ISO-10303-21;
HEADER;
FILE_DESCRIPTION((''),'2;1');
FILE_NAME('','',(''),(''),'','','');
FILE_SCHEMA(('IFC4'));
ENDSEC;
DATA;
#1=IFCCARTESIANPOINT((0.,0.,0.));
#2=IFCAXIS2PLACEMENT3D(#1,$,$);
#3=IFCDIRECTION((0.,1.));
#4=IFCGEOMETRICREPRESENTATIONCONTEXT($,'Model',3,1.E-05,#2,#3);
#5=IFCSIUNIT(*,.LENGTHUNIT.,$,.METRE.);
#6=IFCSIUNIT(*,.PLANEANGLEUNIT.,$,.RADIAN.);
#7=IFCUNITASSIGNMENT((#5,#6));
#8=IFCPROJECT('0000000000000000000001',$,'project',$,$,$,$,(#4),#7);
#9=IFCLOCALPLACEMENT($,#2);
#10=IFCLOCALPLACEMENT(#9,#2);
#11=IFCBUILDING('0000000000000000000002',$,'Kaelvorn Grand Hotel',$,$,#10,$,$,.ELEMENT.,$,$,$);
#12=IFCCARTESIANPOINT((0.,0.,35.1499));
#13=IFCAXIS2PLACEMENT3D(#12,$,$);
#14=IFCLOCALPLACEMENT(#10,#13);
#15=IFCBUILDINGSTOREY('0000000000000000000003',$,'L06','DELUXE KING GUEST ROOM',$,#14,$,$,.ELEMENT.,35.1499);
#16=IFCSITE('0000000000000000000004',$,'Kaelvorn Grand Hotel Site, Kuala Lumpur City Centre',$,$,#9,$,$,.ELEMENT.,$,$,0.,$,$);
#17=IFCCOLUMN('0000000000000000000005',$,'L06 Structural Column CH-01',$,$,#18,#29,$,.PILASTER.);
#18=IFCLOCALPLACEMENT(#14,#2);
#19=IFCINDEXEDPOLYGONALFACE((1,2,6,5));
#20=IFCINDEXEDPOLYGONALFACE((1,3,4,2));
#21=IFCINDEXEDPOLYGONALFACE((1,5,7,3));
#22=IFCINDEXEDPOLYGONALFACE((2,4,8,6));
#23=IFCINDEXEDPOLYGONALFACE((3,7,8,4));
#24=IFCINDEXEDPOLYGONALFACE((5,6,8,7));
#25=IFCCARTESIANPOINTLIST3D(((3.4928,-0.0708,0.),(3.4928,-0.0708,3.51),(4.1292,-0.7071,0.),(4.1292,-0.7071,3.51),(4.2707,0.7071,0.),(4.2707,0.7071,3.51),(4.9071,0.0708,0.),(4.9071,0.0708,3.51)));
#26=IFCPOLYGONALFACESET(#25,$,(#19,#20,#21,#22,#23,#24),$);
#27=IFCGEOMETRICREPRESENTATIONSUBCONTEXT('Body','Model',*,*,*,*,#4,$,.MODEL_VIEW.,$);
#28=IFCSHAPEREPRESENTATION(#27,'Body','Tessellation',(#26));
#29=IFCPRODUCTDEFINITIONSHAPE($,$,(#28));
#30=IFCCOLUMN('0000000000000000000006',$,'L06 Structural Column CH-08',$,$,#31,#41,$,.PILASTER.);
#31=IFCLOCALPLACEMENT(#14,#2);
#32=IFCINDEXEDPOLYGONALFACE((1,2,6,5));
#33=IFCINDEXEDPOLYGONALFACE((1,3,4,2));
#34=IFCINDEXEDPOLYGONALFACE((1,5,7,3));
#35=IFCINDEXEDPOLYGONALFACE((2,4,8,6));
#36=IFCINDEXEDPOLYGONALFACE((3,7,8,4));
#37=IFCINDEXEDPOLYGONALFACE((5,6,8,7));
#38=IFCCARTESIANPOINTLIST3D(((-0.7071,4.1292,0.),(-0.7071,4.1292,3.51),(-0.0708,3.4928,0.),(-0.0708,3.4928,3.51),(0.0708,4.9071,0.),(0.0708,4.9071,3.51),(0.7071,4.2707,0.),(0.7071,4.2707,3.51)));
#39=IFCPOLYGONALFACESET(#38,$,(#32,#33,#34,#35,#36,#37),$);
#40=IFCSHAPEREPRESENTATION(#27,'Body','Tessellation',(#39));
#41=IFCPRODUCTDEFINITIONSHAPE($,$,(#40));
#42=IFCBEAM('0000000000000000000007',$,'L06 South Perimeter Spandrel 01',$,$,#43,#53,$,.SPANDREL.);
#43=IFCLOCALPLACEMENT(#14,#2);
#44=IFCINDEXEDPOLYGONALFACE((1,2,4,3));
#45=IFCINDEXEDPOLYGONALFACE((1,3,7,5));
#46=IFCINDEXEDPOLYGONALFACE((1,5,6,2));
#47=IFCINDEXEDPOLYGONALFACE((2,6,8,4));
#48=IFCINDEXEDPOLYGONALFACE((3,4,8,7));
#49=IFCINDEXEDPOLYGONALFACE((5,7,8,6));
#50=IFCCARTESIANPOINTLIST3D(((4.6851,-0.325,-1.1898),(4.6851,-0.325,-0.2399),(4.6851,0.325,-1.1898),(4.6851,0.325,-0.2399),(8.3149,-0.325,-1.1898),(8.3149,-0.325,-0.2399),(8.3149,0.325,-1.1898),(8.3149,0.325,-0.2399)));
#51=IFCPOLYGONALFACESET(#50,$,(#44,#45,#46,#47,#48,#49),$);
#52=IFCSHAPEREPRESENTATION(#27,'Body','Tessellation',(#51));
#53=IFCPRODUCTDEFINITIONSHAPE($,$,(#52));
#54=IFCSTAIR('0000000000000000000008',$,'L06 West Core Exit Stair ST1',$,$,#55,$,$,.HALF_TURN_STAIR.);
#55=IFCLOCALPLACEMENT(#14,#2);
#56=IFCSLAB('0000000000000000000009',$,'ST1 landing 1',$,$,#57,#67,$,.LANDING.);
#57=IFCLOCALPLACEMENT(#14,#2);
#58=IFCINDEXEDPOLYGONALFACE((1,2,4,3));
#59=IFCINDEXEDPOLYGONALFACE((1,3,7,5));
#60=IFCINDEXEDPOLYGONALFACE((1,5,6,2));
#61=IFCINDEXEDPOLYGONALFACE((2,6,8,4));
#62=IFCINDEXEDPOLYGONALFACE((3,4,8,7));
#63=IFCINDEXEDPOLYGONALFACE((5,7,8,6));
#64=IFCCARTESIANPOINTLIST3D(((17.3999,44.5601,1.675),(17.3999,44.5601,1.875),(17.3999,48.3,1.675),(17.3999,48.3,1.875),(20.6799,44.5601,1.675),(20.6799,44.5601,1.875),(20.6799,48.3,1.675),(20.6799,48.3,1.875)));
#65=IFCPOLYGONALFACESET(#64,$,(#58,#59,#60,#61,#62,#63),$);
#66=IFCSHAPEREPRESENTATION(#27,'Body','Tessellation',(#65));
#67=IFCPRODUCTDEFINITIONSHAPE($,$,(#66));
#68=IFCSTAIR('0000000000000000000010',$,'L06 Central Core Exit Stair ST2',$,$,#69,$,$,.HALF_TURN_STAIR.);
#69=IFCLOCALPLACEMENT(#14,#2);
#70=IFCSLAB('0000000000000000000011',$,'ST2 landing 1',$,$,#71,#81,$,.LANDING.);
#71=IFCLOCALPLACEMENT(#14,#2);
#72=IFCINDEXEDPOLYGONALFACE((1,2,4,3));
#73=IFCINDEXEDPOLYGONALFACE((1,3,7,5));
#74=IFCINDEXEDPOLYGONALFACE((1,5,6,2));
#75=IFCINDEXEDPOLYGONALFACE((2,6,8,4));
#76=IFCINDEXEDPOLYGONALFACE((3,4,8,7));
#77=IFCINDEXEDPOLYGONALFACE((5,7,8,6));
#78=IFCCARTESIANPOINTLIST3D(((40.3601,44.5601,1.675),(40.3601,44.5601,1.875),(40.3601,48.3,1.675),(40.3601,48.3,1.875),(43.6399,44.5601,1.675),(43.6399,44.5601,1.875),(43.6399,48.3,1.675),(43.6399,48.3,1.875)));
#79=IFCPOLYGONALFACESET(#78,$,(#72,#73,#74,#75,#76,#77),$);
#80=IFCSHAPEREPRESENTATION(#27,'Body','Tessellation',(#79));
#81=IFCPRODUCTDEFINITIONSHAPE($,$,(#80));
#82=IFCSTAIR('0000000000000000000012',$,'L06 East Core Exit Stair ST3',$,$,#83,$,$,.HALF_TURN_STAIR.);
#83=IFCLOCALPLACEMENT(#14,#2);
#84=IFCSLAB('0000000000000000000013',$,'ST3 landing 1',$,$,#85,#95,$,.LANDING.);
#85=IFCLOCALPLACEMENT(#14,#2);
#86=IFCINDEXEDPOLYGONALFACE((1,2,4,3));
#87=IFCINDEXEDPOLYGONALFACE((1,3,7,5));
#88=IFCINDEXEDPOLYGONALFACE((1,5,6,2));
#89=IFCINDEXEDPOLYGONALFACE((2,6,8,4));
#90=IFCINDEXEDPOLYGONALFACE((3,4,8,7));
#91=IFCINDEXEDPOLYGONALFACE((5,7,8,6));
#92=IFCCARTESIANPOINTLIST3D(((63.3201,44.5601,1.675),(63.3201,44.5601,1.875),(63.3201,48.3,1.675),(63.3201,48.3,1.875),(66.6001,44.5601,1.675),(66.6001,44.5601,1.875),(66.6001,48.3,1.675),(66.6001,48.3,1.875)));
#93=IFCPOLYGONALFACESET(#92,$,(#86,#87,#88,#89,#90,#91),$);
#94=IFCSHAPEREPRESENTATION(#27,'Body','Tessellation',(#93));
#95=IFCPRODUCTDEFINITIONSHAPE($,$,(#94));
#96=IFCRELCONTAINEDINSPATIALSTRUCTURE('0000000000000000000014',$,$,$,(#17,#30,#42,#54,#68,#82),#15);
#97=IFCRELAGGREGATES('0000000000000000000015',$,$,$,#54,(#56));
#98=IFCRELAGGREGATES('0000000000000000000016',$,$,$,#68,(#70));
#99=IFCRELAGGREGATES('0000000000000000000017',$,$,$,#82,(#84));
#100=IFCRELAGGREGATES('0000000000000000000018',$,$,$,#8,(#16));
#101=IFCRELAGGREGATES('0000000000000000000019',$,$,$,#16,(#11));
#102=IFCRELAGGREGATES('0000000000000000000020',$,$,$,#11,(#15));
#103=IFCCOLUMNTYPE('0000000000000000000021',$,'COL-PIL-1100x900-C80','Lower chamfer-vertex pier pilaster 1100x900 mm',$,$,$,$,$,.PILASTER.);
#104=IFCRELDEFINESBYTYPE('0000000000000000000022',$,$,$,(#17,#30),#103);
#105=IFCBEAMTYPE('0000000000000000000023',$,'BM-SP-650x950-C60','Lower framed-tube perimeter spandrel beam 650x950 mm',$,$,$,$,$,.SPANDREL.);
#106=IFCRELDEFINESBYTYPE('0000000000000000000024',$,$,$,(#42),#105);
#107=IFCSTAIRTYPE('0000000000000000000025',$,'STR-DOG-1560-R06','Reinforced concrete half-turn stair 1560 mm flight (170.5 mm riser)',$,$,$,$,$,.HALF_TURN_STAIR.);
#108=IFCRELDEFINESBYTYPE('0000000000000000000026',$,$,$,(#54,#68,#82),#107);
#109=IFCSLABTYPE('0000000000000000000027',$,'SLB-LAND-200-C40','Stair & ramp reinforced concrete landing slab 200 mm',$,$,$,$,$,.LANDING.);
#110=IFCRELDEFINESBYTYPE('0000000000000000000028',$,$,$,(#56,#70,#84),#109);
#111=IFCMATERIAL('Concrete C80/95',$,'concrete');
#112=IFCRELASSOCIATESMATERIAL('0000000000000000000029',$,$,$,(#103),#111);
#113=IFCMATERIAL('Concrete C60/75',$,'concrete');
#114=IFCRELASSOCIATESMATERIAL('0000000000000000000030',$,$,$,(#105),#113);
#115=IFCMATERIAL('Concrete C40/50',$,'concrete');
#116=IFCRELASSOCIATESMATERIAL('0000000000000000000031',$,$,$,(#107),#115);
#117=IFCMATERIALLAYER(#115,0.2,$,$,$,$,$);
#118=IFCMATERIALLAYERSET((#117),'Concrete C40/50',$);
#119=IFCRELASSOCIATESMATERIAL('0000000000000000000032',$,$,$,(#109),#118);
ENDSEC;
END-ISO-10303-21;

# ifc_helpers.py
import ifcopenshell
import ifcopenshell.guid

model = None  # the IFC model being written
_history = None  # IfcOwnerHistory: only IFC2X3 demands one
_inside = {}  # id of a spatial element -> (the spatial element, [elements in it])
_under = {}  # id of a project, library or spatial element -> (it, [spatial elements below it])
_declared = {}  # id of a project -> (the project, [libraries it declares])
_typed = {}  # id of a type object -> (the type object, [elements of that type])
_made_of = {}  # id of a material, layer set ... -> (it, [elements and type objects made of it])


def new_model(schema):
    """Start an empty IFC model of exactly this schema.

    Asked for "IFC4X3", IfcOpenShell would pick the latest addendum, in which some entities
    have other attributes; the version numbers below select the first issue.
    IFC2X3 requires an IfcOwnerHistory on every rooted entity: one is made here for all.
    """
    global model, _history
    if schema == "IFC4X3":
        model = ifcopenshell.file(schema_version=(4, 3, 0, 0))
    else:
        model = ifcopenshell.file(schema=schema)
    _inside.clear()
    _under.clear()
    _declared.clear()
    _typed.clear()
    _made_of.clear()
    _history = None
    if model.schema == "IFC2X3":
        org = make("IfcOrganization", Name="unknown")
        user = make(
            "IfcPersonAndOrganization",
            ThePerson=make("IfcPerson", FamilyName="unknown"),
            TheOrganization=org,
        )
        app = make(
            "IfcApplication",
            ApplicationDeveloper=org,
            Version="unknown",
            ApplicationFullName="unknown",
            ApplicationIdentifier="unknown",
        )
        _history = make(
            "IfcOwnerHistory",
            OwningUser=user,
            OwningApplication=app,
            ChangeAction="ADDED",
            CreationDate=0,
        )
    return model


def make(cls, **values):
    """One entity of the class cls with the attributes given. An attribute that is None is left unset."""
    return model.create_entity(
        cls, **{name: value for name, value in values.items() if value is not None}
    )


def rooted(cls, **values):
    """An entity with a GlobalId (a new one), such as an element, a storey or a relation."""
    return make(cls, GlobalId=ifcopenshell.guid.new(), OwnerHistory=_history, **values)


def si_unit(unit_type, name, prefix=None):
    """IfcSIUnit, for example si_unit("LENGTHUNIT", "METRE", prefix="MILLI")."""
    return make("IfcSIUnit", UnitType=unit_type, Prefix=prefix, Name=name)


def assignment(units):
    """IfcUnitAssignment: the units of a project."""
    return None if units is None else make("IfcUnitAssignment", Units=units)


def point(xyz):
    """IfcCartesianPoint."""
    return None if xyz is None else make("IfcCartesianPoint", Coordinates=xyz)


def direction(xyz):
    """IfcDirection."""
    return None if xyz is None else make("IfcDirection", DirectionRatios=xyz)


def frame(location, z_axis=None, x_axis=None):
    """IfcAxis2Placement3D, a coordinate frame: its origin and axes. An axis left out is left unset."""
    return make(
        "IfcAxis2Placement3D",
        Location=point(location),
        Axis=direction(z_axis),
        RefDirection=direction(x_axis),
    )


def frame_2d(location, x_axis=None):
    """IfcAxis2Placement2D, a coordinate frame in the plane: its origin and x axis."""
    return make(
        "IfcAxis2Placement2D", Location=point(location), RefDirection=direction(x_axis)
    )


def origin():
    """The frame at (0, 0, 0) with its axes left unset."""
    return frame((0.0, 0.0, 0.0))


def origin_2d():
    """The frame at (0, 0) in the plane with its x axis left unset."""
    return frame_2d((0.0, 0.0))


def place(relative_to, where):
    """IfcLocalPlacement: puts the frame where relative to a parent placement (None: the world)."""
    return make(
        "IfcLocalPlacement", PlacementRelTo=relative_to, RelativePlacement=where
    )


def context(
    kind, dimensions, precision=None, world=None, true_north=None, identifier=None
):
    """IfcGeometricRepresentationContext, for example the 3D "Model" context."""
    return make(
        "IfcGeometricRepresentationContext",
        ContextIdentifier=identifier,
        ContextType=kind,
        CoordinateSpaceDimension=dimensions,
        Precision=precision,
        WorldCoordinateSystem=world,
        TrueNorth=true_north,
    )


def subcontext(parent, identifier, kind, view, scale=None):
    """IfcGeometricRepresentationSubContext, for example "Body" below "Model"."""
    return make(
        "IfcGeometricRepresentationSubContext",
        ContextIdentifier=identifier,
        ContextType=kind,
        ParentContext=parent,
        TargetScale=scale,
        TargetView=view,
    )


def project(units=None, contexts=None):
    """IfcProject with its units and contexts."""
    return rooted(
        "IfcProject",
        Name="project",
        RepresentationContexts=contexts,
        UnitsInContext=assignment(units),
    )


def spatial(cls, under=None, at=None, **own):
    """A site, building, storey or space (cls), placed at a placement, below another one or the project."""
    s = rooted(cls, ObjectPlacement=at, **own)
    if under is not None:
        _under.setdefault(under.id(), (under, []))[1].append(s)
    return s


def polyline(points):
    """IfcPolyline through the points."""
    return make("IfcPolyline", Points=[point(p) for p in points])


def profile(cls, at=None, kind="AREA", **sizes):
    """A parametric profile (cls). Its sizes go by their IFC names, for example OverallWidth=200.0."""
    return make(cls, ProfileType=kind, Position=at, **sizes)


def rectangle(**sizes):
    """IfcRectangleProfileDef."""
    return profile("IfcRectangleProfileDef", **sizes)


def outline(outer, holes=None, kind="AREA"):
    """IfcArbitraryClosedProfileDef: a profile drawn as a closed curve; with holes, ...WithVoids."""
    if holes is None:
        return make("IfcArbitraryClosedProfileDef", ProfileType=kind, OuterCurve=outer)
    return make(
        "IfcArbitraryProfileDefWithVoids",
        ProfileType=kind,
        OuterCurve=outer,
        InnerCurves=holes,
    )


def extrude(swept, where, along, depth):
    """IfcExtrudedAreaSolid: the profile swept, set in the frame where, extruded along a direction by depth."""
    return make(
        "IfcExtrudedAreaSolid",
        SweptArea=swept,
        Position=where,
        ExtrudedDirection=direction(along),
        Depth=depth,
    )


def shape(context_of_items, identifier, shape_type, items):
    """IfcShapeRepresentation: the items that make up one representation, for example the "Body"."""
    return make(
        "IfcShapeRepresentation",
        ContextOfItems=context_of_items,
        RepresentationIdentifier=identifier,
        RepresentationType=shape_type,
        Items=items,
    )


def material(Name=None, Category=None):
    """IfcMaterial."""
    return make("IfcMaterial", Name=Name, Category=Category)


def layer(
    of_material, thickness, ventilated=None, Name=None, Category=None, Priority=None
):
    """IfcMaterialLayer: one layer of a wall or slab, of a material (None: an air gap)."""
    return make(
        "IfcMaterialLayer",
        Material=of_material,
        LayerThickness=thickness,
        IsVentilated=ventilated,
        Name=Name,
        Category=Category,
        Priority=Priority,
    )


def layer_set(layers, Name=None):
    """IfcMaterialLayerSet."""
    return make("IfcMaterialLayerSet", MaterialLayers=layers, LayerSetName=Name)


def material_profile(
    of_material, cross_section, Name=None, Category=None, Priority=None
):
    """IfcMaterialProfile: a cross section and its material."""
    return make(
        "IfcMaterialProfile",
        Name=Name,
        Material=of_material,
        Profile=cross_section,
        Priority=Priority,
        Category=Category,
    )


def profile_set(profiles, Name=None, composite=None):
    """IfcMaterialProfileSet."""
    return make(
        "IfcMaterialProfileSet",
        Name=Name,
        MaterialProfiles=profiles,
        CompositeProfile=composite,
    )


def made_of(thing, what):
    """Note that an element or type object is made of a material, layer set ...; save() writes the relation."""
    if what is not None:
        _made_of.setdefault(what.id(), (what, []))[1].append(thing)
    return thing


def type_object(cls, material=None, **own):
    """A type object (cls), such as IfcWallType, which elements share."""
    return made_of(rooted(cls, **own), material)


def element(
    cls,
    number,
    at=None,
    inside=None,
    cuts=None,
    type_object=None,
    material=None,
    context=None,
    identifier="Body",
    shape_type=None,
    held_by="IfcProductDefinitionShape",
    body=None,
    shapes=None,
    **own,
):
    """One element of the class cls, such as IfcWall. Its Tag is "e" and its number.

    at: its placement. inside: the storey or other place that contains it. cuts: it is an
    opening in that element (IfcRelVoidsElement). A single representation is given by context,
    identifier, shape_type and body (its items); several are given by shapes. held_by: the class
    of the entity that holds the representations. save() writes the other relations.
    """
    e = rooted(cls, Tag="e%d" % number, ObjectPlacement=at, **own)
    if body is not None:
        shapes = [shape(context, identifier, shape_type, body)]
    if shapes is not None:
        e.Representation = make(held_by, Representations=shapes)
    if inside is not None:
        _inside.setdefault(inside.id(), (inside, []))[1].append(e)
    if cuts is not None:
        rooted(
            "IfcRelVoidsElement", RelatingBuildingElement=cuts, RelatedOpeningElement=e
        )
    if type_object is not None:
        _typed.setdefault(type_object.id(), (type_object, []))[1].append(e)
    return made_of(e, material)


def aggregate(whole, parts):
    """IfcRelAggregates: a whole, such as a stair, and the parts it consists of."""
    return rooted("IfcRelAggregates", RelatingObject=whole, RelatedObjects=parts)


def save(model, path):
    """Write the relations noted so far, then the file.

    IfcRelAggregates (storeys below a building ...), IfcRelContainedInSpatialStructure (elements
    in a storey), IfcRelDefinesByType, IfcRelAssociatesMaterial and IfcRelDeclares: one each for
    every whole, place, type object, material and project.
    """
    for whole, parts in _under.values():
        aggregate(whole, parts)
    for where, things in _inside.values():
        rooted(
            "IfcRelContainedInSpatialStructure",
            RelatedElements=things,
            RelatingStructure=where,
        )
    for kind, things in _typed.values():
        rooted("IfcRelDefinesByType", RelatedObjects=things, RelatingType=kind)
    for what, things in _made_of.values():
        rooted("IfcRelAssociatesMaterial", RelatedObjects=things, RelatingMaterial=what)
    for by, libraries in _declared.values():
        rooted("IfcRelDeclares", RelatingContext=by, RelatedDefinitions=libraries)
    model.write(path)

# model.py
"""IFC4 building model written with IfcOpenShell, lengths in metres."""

from ifc_helpers import new_model, si_unit, direction, frame, origin, origin_2d, place, context, subcontext, project, spatial, polyline, rectangle, outline, extrude, material, layer, layer_set, material_profile, profile_set, type_object, element, aggregate, save


model = new_model("IFC4")

# Units and contexts
model_context = context("Model", 3, precision=1e-05, world=origin(), true_north=direction((0.0, 1.0)))
body_context = subcontext(model_context, "Body", "Model", "MODEL_VIEW")
ifc_project = project(units=[si_unit("LENGTHUNIT", "METRE"), si_unit("PLANEANGLEUNIT", "RADIAN")], contexts=[model_context])

# Site, building, storey
site_placement = place(None, origin())
site = spatial("IfcSite", under=ifc_project, at=site_placement, Name="Kaelvorn Grand Hotel Site, Kuala Lumpur City Centre", CompositionType="ELEMENT", RefElevation=0.0)
building_placement = place(site_placement, origin())
building = spatial("IfcBuilding", under=site, at=building_placement, Name="Kaelvorn Grand Hotel", CompositionType="ELEMENT")
storey_placement = place(building_placement, frame((0.0, 0.0, 35.1499)))
storey = spatial("IfcBuildingStorey", under=building, at=storey_placement, Name="L06", Description="DELUXE KING GUEST ROOM", CompositionType="ELEMENT", Elevation=35.1499)

# Columns
ifc_material_1 = material(Name="Concrete C80/95", Category="concrete")
ifc_material_profile_1 = material_profile(ifc_material_1, rectangle(XDim=1.1001, YDim=0.8999, at=origin_2d()), Name="RC PILASTER 1100x900")
ifc_profile_set_1 = profile_set([ifc_material_profile_1], Name="Concrete C80/95")
column_type = type_object("IfcColumnType", Name="COL-PIL-1100x900-C80", Description="Lower chamfer-vertex pier pilaster 1100x900 mm", PredefinedType="PILASTER", material=ifc_profile_set_1)
for number, where, z_axis, x_axis, name in (
    (1, (4.2, 0.0, 0.0), (0.0, 0.0, 1.0), (0.707107, 0.707107, 0.0), "L06 Structural Column CH-01"),
    (2, (0.0, 4.2, 0.0), (0.0, 0.0, 1.0), (0.707107, 0.707107, 0.0), "L06 Structural Column CH-08"),
):
    element("IfcColumn", number, at=place(storey_placement, frame(where, z_axis=z_axis, x_axis=x_axis)), inside=storey, type_object=column_type, Name=name, PredefinedType="PILASTER", context=body_context, shape_type="SweptSolid", body=[
        extrude(rectangle(XDim=1.1001, YDim=0.8999, at=origin_2d()), origin(), (0.0, 0.0, 1.0), 3.51),
    ])

# Beam
ifc_material_2 = material(Name="Concrete C60/75", Category="concrete")
ifc_material_profile_2 = material_profile(ifc_material_2, rectangle(XDim=0.6499, YDim=0.95, at=origin_2d()), Name="RC SPANDREL 650x950")
ifc_profile_set_2 = profile_set([ifc_material_profile_2], Name="Concrete C60/75")
beam_type = type_object("IfcBeamType", Name="BM-SP-650x950-C60", Description="Lower framed-tube perimeter spandrel beam 650x950 mm", PredefinedType="SPANDREL", material=ifc_profile_set_2)
beam_placement = place(storey_placement, frame((4.6851, 0.0, -0.7148), z_axis=(1.0, 0.0, 0.0), x_axis=(0.0, 1.0, 0.0)))
element("IfcBeam", 3, at=beam_placement, inside=storey, type_object=beam_type, Name="L06 South Perimeter Spandrel 01", PredefinedType="SPANDREL", context=body_context, shape_type="SweptSolid", body=[
    extrude(rectangle(XDim=0.6499, YDim=0.95, at=origin_2d()), origin(), (0.0, 0.0, 1.0), 3.6299),
])

# Stairs, slabs
ifc_material_3 = material(Name="Concrete C40/50", Category="concrete")
stair_type = type_object("IfcStairType", Name="STR-DOG-1560-R06", Description="Reinforced concrete half-turn stair 1560 mm flight (170.5 mm riser)", PredefinedType="HALF_TURN_STAIR", material=ifc_material_3)
stair_1_placement = place(storey_placement, origin())
stair_1 = element("IfcStair", 4, at=stair_1_placement, inside=storey, type_object=stair_type, Name="L06 West Core Exit Stair ST1", PredefinedType="HALF_TURN_STAIR")
ifc_layer_1 = layer(ifc_material_3, 0.2)
ifc_layer_set_1 = layer_set([ifc_layer_1], Name="Concrete C40/50")
slab_type = type_object("IfcSlabType", Name="SLB-LAND-200-C40", Description="Stair & ramp reinforced concrete landing slab 200 mm", PredefinedType="LANDING", material=ifc_layer_set_1)
slab_1_placement = place(storey_placement, frame((0.0, 0.0, 1.675)))
slab_1 = element("IfcSlab", 5, at=slab_1_placement, type_object=slab_type, Name="ST1 landing 1", PredefinedType="LANDING", context=body_context, shape_type="SweptSolid", body=[
    extrude(outline(polyline([(20.6799, 44.5601), (20.6799, 48.3), (17.3999, 48.3), (17.3999, 44.5601), (20.6799, 44.5601)])), origin(), (0.0, 0.0, 1.0), 0.2),
])
aggregate(stair_1, [slab_1])
stair_2_placement = place(storey_placement, origin())
stair_2 = element("IfcStair", 6, at=stair_2_placement, inside=storey, type_object=stair_type, Name="L06 Central Core Exit Stair ST2", PredefinedType="HALF_TURN_STAIR")
slab_2_placement = place(storey_placement, frame((0.0, 0.0, 1.675)))
slab_2 = element("IfcSlab", 7, at=slab_2_placement, type_object=slab_type, Name="ST2 landing 1", PredefinedType="LANDING", context=body_context, shape_type="SweptSolid", body=[
    extrude(outline(polyline([(43.6399, 44.5601), (43.6399, 48.3), (40.3601, 48.3), (40.3601, 44.5601), (43.6399, 44.5601)])), origin(), (0.0, 0.0, 1.0), 0.2),
])
aggregate(stair_2, [slab_2])
stair_3_placement = place(storey_placement, origin())
stair_3 = element("IfcStair", 8, at=stair_3_placement, inside=storey, type_object=stair_type, Name="L06 East Core Exit Stair ST3", PredefinedType="HALF_TURN_STAIR")
slab_3_placement = place(storey_placement, frame((0.0, 0.0, 1.675)))
slab_3 = element("IfcSlab", 9, at=slab_3_placement, type_object=slab_type, Name="ST3 landing 1", PredefinedType="LANDING", context=body_context, shape_type="SweptSolid", body=[
    extrude(outline(polyline([(66.6001, 44.5601), (66.6001, 48.3), (63.3201, 48.3), (63.3201, 44.5601), (66.6001, 44.5601)])), origin(), (0.0, 0.0, 1.0), 0.2),
])
aggregate(stair_3, [slab_3])

save(model, "model.ifc")
